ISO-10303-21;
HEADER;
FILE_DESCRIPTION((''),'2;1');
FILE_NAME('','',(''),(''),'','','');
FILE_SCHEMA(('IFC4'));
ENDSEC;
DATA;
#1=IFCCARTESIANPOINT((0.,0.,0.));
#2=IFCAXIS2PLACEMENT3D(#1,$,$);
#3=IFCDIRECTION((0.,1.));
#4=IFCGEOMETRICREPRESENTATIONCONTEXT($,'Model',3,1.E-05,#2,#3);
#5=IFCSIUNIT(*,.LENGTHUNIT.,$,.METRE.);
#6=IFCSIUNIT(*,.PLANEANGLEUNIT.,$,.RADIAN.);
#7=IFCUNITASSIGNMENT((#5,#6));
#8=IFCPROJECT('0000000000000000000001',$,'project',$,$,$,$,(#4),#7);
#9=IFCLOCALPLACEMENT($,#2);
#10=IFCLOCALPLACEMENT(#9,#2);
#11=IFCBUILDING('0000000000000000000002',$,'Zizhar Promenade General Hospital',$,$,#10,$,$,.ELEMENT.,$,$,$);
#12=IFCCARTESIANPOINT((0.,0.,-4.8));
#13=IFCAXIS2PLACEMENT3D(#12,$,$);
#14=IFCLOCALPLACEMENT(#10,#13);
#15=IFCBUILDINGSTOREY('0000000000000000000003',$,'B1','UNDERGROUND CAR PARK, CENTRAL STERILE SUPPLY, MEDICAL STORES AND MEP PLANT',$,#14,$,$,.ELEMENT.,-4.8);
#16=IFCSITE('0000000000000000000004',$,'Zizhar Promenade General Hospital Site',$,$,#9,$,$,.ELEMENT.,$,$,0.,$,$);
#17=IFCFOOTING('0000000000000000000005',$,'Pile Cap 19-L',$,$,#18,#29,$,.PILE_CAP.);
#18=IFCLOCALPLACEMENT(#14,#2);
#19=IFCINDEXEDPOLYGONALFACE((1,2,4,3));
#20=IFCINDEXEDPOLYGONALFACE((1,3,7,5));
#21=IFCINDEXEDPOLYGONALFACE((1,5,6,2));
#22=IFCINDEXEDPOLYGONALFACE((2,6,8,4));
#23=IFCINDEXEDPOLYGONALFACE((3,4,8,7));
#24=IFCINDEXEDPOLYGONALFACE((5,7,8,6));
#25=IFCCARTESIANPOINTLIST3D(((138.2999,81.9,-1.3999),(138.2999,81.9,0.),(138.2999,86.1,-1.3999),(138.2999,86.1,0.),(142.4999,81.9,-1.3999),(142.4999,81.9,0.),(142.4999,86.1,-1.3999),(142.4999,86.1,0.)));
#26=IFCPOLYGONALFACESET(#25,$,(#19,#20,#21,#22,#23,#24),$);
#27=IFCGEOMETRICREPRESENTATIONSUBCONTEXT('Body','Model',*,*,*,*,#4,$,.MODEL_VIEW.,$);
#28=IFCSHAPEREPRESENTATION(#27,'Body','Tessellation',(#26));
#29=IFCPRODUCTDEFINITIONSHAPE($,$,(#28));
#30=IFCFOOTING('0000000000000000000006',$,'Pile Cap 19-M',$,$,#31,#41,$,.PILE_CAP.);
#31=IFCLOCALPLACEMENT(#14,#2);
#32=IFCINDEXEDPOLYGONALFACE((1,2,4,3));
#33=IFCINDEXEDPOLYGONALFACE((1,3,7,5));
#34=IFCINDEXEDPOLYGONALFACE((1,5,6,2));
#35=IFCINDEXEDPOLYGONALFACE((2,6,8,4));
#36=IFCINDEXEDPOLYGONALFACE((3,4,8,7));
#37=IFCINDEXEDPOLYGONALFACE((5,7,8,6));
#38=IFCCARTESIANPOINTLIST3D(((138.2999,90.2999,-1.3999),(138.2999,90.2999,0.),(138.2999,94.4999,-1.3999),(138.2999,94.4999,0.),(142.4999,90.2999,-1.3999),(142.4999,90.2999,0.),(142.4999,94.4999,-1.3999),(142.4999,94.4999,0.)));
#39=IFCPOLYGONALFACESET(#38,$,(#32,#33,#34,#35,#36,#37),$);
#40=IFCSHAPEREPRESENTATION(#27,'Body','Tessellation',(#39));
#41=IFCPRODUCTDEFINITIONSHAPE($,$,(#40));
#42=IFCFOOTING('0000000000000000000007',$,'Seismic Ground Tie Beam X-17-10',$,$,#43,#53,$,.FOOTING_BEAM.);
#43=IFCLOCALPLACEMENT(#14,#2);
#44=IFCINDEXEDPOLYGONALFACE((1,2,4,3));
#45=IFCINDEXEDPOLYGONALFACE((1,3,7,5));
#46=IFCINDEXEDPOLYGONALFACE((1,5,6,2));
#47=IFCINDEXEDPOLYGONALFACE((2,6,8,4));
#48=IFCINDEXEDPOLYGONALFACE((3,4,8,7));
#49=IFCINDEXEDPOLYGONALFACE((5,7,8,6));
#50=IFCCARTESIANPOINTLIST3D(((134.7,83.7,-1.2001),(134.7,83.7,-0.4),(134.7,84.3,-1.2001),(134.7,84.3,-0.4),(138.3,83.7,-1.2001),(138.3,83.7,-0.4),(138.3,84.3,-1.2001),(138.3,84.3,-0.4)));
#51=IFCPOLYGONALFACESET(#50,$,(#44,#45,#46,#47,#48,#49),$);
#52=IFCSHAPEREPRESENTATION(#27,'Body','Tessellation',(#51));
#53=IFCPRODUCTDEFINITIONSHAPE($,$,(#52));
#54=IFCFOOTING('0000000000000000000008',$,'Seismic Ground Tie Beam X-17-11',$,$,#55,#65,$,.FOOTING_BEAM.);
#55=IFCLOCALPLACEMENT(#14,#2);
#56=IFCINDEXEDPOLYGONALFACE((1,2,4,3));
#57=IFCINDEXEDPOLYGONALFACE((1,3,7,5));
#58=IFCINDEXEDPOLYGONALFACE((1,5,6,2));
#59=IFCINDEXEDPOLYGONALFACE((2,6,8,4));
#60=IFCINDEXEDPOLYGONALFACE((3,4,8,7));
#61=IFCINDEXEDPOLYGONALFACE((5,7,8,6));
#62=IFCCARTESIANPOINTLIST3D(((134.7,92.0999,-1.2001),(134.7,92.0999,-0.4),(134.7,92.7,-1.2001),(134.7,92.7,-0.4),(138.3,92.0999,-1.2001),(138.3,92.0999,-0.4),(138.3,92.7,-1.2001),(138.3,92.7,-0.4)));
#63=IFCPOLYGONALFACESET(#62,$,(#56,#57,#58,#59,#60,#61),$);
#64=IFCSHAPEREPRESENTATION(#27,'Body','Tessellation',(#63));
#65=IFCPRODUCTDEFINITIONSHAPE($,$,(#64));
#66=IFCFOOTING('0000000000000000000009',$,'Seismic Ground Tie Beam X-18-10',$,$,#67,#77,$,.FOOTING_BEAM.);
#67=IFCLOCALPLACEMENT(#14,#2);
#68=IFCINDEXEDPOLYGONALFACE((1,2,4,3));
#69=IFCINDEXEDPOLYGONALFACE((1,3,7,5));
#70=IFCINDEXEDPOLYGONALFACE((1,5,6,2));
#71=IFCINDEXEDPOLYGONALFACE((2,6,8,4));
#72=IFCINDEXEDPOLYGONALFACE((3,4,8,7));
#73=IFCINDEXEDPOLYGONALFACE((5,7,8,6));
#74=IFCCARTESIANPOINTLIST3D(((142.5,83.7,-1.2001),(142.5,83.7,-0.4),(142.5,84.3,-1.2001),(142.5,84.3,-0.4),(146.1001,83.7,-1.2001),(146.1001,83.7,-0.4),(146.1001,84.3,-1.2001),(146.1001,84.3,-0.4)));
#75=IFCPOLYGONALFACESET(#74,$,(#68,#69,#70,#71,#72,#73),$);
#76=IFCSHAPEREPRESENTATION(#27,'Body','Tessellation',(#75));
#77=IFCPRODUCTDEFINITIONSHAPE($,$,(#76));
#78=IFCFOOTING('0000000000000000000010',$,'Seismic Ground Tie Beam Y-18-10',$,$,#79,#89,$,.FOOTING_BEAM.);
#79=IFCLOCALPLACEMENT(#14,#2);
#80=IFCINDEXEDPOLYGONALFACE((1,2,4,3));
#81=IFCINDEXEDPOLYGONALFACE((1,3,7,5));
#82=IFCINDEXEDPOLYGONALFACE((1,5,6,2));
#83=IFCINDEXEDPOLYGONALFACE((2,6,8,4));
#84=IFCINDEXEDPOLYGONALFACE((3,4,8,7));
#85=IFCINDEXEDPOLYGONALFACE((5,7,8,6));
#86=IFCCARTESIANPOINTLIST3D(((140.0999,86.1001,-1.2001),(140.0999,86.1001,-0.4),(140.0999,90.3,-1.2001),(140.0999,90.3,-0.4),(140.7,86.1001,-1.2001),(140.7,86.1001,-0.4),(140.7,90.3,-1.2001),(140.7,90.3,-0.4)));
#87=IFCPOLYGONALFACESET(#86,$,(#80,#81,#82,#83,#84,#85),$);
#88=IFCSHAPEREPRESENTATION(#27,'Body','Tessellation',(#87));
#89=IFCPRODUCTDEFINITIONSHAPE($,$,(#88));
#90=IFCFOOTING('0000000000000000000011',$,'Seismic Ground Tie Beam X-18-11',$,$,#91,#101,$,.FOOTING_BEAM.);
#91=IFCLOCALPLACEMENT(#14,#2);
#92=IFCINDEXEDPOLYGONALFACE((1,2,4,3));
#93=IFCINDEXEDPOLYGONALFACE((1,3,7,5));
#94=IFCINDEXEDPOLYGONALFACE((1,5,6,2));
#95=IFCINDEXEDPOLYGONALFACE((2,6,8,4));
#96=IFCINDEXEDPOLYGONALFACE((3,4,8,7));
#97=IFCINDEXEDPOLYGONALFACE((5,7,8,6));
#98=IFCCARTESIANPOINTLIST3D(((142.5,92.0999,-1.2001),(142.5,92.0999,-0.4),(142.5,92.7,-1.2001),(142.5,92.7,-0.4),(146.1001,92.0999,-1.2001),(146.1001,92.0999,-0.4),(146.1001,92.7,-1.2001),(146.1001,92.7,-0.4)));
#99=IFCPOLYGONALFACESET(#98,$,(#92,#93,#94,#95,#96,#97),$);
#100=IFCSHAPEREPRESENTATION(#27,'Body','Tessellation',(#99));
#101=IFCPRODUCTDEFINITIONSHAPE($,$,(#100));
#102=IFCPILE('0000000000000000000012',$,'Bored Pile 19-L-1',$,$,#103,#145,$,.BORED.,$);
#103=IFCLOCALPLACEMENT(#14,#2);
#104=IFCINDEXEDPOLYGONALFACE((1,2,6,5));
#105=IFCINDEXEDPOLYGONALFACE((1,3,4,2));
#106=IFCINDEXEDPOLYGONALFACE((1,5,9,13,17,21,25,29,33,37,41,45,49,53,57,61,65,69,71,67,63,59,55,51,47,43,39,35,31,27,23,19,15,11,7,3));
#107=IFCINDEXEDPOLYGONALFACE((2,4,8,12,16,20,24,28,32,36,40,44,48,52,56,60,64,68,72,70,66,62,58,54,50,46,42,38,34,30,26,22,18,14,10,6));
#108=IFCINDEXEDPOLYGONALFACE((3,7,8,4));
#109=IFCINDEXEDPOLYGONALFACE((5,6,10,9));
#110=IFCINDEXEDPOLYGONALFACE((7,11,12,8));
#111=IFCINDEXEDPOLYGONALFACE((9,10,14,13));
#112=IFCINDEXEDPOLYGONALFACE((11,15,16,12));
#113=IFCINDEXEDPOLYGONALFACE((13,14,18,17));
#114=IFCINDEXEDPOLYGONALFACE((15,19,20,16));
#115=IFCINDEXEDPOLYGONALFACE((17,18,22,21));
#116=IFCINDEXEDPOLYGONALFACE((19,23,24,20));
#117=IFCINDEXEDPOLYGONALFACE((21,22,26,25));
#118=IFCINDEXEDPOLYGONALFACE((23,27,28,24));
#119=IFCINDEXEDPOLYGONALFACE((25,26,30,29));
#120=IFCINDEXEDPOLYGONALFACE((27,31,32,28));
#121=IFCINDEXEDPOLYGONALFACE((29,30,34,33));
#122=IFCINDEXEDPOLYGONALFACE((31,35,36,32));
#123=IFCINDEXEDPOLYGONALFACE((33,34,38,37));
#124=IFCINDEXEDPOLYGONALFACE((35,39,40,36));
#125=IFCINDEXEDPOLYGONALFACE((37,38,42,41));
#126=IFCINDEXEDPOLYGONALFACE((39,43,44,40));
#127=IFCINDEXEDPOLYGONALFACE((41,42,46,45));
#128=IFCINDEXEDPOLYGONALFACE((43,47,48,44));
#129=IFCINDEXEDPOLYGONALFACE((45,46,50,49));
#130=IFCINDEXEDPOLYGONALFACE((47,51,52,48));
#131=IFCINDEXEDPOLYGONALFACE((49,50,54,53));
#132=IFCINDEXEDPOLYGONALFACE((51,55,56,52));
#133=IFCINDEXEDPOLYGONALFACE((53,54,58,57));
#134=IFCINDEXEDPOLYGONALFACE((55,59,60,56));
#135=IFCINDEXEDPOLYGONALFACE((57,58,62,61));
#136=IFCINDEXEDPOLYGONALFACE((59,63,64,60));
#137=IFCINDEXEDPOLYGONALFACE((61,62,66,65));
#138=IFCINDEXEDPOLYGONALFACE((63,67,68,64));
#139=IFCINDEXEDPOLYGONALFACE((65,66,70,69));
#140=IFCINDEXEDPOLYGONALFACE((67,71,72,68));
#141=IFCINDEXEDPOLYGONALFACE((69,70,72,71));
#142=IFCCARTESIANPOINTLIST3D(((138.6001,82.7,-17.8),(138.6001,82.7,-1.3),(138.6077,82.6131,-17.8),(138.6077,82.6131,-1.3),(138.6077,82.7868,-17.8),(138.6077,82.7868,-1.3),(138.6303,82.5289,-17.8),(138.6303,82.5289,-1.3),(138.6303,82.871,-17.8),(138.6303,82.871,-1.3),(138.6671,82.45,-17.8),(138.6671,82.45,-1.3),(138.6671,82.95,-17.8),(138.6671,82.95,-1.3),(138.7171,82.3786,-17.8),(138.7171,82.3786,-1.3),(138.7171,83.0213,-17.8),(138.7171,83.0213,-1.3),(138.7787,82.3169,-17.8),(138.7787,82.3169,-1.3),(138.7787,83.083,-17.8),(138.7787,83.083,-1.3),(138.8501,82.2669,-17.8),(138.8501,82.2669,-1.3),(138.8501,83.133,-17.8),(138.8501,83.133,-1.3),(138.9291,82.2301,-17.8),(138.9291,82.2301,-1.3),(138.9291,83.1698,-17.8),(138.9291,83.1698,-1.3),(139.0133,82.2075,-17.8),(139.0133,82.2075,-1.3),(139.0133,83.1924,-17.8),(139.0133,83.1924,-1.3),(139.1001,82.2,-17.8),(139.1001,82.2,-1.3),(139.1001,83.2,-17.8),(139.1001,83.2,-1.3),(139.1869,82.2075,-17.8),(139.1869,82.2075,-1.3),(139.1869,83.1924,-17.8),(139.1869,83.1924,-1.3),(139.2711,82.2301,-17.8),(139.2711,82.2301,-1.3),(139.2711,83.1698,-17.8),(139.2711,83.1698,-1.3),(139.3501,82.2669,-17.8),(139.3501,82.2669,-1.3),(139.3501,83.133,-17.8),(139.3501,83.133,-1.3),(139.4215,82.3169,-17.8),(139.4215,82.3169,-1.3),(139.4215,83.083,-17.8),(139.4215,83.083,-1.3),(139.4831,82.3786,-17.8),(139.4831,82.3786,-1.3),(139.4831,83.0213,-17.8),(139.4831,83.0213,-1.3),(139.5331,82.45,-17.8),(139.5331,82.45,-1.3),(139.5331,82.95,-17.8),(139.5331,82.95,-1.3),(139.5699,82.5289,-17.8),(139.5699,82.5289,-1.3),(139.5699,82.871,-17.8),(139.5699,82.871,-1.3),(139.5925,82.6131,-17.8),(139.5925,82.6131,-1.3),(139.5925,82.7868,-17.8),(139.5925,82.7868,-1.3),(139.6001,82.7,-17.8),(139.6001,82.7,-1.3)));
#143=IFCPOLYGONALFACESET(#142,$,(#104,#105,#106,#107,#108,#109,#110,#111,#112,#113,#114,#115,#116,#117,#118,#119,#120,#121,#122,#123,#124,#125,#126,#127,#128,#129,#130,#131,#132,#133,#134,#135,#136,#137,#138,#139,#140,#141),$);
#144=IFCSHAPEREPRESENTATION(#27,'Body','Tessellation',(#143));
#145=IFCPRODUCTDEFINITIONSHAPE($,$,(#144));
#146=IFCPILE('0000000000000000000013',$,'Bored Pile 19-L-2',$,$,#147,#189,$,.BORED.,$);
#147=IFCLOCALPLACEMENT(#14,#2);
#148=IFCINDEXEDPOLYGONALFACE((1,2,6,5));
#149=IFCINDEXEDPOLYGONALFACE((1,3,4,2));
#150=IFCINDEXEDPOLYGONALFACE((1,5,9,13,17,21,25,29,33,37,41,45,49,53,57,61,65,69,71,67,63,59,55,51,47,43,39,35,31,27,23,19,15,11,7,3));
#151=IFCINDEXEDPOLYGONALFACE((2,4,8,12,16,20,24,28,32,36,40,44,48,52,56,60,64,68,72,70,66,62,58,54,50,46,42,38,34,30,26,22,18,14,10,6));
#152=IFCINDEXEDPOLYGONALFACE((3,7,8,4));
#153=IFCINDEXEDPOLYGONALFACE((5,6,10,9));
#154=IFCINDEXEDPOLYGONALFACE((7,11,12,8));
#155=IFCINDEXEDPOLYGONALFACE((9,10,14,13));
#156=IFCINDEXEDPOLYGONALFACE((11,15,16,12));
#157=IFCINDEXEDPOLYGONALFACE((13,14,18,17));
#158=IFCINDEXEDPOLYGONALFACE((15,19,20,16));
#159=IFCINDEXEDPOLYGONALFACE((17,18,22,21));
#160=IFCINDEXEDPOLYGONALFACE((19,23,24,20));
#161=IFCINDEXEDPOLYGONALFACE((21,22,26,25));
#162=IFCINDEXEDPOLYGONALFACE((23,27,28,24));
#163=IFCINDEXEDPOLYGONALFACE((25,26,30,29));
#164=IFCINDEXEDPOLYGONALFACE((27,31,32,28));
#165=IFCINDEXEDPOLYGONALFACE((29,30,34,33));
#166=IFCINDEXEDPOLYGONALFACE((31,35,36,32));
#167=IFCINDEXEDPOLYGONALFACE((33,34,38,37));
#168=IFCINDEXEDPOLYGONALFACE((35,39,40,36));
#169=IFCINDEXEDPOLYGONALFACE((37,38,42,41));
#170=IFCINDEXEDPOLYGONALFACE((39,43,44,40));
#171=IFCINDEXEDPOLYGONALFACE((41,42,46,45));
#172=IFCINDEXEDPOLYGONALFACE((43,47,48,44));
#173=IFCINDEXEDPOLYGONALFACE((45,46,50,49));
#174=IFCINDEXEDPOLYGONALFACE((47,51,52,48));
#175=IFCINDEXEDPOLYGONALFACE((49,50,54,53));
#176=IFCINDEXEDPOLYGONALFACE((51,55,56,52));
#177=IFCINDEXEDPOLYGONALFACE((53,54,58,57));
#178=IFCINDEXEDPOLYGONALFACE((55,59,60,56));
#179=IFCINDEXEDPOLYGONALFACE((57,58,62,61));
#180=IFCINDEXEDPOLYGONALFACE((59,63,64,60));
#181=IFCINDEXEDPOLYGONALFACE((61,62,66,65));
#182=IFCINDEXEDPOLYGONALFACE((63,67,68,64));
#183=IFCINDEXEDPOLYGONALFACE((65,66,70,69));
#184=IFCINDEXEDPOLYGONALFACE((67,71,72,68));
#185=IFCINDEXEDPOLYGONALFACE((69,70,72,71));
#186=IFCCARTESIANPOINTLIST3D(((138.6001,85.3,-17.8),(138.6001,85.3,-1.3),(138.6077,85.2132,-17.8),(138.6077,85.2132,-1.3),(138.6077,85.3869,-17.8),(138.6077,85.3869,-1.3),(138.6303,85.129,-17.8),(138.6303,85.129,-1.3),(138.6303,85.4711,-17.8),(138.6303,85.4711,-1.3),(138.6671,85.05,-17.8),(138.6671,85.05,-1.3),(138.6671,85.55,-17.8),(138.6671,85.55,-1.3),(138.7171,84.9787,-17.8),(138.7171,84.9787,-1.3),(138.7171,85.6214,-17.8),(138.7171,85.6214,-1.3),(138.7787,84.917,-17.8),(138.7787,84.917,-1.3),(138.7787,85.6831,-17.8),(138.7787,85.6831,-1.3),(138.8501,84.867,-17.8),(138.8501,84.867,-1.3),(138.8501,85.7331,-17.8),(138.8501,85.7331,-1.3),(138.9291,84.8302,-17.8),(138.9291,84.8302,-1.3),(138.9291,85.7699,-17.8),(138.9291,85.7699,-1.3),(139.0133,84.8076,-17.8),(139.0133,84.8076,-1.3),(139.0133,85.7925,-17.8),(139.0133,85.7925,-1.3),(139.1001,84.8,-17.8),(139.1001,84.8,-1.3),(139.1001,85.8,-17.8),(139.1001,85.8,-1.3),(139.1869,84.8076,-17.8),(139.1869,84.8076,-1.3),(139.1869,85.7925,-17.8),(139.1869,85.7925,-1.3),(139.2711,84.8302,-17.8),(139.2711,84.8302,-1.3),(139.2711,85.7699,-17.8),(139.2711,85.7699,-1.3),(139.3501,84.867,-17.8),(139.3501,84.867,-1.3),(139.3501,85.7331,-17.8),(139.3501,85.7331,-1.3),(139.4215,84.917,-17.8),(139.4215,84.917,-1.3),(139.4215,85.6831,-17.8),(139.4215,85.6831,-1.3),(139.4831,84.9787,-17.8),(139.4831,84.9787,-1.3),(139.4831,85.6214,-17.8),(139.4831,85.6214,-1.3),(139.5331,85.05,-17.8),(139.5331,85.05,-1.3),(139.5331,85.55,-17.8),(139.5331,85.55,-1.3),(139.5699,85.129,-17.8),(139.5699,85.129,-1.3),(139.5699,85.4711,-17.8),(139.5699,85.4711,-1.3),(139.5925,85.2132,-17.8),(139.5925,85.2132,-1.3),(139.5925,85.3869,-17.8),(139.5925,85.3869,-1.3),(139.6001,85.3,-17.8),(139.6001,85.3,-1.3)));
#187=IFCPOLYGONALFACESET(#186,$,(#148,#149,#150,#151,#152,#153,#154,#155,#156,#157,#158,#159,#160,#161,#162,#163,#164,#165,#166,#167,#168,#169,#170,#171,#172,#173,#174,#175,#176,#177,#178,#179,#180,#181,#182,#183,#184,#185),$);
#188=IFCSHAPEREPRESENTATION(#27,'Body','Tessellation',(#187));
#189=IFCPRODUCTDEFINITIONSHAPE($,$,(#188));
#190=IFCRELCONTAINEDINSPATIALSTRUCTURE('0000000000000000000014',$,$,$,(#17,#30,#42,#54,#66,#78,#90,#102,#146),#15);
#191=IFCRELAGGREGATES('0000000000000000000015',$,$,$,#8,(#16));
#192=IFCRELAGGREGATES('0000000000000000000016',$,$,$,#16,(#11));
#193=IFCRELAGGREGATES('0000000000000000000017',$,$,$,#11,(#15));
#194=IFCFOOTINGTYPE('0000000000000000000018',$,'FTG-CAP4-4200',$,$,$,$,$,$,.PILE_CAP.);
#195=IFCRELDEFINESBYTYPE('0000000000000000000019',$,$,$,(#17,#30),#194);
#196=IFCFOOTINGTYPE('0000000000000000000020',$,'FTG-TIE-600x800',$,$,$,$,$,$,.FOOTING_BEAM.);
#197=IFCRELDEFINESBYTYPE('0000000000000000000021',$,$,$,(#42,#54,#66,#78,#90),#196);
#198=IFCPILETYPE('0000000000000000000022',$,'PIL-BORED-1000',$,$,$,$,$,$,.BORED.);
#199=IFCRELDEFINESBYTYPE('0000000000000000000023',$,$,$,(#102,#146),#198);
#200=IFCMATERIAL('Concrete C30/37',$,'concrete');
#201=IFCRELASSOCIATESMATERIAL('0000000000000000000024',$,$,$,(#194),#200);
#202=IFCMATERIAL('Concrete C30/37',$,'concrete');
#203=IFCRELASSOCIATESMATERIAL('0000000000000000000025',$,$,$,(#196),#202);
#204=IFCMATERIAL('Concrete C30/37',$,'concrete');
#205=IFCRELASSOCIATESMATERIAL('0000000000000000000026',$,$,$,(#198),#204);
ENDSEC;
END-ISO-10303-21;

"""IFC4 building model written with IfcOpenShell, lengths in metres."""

from ifc_helpers import new_model, si_unit, direction, frame, origin, origin_2d, place, context, subcontext, project, spatial, rectangle, circle, extrude, material, material_profile, profile_set, type_object, element, save


model = new_model("IFC4")

# Units and contexts
model_context = context("Model", 3, precision=1e-05, world=origin(), true_north=direction((0.0, 1.0)))
body_context = subcontext(model_context, "Body", "Model", "MODEL_VIEW")
ifc_project = project(units=[si_unit("LENGTHUNIT", "METRE"), si_unit("PLANEANGLEUNIT", "RADIAN")], contexts=[model_context])

# Site, building, storey
site_placement = place(None, origin())
site = spatial("IfcSite", under=ifc_project, at=site_placement, Name="Zizhar Promenade General Hospital Site", CompositionType="ELEMENT", RefElevation=0.0)
building_placement = place(site_placement, origin())
building = spatial("IfcBuilding", under=site, at=building_placement, Name="Zizhar Promenade General Hospital", CompositionType="ELEMENT")
storey_placement = place(building_placement, frame((0.0, 0.0, -4.8)))
storey = spatial("IfcBuildingStorey", under=building, at=storey_placement, Name="B1", Description="UNDERGROUND CAR PARK, CENTRAL STERILE SUPPLY, MEDICAL STORES AND MEP PLANT", CompositionType="ELEMENT", Elevation=-4.8)

# Footings
ifc_material_1 = material(Name="Concrete C30/37", Category="concrete")
footing_type_1 = type_object("IfcFootingType", Name="FTG-CAP4-4200", PredefinedType="PILE_CAP", material=ifc_material_1)
for number, where, z_axis, x_axis, name in (
    (1, (140.3999, 84.0, -1.3999), (0.0, 0.0, 1.0), (1.0, 0.0, 0.0), "Pile Cap 19-L"),
    (2, (140.3999, 92.3999, -1.3999), (0.0, 0.0, 1.0), (1.0, 0.0, 0.0), "Pile Cap 19-M"),
):
    element("IfcFooting", number, at=place(storey_placement, frame(where, z_axis=z_axis, x_axis=x_axis)), inside=storey, type_object=footing_type_1, Name=name, PredefinedType="PILE_CAP", context=body_context, shape_type="SweptSolid", body=[
        extrude(rectangle(XDim=4.2, YDim=4.2, at=origin_2d()), origin(), (0.0, 0.0, 1.0), 1.3999),
    ])
ifc_material_2 = material(Name="Concrete C30/37", Category="concrete")
ifc_material_profile_1 = material_profile(ifc_material_2, rectangle(XDim=0.6001, YDim=0.8, at=origin_2d()))
ifc_profile_set_1 = profile_set([ifc_material_profile_1], Name="Concrete C30/37")
footing_type_2 = type_object("IfcFootingType", Name="FTG-TIE-600x800", PredefinedType="FOOTING_BEAM", material=ifc_profile_set_1)
for number, where, z_axis, x_axis, name in (
    (3, (134.7, 84.0, -0.8), (1.0, 0.0, 0.0), (0.0, 1.0, 0.0), "Seismic Ground Tie Beam X-17-10"),
    (4, (134.7, 92.3999, -0.8), (1.0, 0.0, 0.0), (0.0, 1.0, 0.0), "Seismic Ground Tie Beam X-17-11"),
    (5, (142.5, 84.0, -0.8), (1.0, 0.0, 0.0), (0.0, 1.0, 0.0), "Seismic Ground Tie Beam X-18-10"),
):
    element("IfcFooting", number, at=place(storey_placement, frame(where, z_axis=z_axis, x_axis=x_axis)), inside=storey, type_object=footing_type_2, Name=name, PredefinedType="FOOTING_BEAM", context=body_context, shape_type="SweptSolid", body=[
        extrude(rectangle(XDim=0.6001, YDim=0.8, at=origin_2d()), origin(), (0.0, 0.0, 1.0), 3.6001),
    ])
footing_1_placement = place(storey_placement, frame((140.3999, 86.1001, -0.8), z_axis=(0.0, 1.0, 0.0), x_axis=(-1.0, 0.0, 0.0)))
element("IfcFooting", 6, at=footing_1_placement, inside=storey, type_object=footing_type_2, Name="Seismic Ground Tie Beam Y-18-10", PredefinedType="FOOTING_BEAM", context=body_context, shape_type="SweptSolid", body=[
    extrude(rectangle(XDim=0.6001, YDim=0.8, at=origin_2d()), origin(), (0.0, 0.0, 1.0), 4.2),
])
footing_2_placement = place(storey_placement, frame((142.5, 92.3999, -0.8), z_axis=(1.0, 0.0, 0.0), x_axis=(0.0, 1.0, 0.0)))
element("IfcFooting", 7, at=footing_2_placement, inside=storey, type_object=footing_type_2, Name="Seismic Ground Tie Beam X-18-11", PredefinedType="FOOTING_BEAM", context=body_context, shape_type="SweptSolid", body=[
    extrude(rectangle(XDim=0.6001, YDim=0.8, at=origin_2d()), origin(), (0.0, 0.0, 1.0), 3.6001),
])

# Piles
ifc_material_3 = material(Name="Concrete C30/37", Category="concrete")
ifc_material_profile_2 = material_profile(ifc_material_3, circle(Radius=0.5, at=origin_2d()))
ifc_profile_set_2 = profile_set([ifc_material_profile_2], Name="Concrete C30/37")
pile_type = type_object("IfcPileType", Name="PIL-BORED-1000", PredefinedType="BORED", material=ifc_profile_set_2)
for number, where, z_axis, x_axis, name in (
    (8, (139.1001, 82.7, -1.3), (0.0, 0.0, -1.0), (1.0, 0.0, 0.0), "Bored Pile 19-L-1"),
    (9, (139.1001, 85.3, -1.3), (0.0, 0.0, -1.0), (1.0, 0.0, 0.0), "Bored Pile 19-L-2"),
):
    element("IfcPile", number, at=place(storey_placement, frame(where, z_axis=z_axis, x_axis=x_axis)), inside=storey, type_object=pile_type, Name=name, PredefinedType="BORED", context=body_context, shape_type="SweptSolid", body=[
        extrude(circle(Radius=0.5, at=origin_2d()), origin(), (0.0, 0.0, 1.0), 16.5),
    ])

save(model, "model.ifc")
